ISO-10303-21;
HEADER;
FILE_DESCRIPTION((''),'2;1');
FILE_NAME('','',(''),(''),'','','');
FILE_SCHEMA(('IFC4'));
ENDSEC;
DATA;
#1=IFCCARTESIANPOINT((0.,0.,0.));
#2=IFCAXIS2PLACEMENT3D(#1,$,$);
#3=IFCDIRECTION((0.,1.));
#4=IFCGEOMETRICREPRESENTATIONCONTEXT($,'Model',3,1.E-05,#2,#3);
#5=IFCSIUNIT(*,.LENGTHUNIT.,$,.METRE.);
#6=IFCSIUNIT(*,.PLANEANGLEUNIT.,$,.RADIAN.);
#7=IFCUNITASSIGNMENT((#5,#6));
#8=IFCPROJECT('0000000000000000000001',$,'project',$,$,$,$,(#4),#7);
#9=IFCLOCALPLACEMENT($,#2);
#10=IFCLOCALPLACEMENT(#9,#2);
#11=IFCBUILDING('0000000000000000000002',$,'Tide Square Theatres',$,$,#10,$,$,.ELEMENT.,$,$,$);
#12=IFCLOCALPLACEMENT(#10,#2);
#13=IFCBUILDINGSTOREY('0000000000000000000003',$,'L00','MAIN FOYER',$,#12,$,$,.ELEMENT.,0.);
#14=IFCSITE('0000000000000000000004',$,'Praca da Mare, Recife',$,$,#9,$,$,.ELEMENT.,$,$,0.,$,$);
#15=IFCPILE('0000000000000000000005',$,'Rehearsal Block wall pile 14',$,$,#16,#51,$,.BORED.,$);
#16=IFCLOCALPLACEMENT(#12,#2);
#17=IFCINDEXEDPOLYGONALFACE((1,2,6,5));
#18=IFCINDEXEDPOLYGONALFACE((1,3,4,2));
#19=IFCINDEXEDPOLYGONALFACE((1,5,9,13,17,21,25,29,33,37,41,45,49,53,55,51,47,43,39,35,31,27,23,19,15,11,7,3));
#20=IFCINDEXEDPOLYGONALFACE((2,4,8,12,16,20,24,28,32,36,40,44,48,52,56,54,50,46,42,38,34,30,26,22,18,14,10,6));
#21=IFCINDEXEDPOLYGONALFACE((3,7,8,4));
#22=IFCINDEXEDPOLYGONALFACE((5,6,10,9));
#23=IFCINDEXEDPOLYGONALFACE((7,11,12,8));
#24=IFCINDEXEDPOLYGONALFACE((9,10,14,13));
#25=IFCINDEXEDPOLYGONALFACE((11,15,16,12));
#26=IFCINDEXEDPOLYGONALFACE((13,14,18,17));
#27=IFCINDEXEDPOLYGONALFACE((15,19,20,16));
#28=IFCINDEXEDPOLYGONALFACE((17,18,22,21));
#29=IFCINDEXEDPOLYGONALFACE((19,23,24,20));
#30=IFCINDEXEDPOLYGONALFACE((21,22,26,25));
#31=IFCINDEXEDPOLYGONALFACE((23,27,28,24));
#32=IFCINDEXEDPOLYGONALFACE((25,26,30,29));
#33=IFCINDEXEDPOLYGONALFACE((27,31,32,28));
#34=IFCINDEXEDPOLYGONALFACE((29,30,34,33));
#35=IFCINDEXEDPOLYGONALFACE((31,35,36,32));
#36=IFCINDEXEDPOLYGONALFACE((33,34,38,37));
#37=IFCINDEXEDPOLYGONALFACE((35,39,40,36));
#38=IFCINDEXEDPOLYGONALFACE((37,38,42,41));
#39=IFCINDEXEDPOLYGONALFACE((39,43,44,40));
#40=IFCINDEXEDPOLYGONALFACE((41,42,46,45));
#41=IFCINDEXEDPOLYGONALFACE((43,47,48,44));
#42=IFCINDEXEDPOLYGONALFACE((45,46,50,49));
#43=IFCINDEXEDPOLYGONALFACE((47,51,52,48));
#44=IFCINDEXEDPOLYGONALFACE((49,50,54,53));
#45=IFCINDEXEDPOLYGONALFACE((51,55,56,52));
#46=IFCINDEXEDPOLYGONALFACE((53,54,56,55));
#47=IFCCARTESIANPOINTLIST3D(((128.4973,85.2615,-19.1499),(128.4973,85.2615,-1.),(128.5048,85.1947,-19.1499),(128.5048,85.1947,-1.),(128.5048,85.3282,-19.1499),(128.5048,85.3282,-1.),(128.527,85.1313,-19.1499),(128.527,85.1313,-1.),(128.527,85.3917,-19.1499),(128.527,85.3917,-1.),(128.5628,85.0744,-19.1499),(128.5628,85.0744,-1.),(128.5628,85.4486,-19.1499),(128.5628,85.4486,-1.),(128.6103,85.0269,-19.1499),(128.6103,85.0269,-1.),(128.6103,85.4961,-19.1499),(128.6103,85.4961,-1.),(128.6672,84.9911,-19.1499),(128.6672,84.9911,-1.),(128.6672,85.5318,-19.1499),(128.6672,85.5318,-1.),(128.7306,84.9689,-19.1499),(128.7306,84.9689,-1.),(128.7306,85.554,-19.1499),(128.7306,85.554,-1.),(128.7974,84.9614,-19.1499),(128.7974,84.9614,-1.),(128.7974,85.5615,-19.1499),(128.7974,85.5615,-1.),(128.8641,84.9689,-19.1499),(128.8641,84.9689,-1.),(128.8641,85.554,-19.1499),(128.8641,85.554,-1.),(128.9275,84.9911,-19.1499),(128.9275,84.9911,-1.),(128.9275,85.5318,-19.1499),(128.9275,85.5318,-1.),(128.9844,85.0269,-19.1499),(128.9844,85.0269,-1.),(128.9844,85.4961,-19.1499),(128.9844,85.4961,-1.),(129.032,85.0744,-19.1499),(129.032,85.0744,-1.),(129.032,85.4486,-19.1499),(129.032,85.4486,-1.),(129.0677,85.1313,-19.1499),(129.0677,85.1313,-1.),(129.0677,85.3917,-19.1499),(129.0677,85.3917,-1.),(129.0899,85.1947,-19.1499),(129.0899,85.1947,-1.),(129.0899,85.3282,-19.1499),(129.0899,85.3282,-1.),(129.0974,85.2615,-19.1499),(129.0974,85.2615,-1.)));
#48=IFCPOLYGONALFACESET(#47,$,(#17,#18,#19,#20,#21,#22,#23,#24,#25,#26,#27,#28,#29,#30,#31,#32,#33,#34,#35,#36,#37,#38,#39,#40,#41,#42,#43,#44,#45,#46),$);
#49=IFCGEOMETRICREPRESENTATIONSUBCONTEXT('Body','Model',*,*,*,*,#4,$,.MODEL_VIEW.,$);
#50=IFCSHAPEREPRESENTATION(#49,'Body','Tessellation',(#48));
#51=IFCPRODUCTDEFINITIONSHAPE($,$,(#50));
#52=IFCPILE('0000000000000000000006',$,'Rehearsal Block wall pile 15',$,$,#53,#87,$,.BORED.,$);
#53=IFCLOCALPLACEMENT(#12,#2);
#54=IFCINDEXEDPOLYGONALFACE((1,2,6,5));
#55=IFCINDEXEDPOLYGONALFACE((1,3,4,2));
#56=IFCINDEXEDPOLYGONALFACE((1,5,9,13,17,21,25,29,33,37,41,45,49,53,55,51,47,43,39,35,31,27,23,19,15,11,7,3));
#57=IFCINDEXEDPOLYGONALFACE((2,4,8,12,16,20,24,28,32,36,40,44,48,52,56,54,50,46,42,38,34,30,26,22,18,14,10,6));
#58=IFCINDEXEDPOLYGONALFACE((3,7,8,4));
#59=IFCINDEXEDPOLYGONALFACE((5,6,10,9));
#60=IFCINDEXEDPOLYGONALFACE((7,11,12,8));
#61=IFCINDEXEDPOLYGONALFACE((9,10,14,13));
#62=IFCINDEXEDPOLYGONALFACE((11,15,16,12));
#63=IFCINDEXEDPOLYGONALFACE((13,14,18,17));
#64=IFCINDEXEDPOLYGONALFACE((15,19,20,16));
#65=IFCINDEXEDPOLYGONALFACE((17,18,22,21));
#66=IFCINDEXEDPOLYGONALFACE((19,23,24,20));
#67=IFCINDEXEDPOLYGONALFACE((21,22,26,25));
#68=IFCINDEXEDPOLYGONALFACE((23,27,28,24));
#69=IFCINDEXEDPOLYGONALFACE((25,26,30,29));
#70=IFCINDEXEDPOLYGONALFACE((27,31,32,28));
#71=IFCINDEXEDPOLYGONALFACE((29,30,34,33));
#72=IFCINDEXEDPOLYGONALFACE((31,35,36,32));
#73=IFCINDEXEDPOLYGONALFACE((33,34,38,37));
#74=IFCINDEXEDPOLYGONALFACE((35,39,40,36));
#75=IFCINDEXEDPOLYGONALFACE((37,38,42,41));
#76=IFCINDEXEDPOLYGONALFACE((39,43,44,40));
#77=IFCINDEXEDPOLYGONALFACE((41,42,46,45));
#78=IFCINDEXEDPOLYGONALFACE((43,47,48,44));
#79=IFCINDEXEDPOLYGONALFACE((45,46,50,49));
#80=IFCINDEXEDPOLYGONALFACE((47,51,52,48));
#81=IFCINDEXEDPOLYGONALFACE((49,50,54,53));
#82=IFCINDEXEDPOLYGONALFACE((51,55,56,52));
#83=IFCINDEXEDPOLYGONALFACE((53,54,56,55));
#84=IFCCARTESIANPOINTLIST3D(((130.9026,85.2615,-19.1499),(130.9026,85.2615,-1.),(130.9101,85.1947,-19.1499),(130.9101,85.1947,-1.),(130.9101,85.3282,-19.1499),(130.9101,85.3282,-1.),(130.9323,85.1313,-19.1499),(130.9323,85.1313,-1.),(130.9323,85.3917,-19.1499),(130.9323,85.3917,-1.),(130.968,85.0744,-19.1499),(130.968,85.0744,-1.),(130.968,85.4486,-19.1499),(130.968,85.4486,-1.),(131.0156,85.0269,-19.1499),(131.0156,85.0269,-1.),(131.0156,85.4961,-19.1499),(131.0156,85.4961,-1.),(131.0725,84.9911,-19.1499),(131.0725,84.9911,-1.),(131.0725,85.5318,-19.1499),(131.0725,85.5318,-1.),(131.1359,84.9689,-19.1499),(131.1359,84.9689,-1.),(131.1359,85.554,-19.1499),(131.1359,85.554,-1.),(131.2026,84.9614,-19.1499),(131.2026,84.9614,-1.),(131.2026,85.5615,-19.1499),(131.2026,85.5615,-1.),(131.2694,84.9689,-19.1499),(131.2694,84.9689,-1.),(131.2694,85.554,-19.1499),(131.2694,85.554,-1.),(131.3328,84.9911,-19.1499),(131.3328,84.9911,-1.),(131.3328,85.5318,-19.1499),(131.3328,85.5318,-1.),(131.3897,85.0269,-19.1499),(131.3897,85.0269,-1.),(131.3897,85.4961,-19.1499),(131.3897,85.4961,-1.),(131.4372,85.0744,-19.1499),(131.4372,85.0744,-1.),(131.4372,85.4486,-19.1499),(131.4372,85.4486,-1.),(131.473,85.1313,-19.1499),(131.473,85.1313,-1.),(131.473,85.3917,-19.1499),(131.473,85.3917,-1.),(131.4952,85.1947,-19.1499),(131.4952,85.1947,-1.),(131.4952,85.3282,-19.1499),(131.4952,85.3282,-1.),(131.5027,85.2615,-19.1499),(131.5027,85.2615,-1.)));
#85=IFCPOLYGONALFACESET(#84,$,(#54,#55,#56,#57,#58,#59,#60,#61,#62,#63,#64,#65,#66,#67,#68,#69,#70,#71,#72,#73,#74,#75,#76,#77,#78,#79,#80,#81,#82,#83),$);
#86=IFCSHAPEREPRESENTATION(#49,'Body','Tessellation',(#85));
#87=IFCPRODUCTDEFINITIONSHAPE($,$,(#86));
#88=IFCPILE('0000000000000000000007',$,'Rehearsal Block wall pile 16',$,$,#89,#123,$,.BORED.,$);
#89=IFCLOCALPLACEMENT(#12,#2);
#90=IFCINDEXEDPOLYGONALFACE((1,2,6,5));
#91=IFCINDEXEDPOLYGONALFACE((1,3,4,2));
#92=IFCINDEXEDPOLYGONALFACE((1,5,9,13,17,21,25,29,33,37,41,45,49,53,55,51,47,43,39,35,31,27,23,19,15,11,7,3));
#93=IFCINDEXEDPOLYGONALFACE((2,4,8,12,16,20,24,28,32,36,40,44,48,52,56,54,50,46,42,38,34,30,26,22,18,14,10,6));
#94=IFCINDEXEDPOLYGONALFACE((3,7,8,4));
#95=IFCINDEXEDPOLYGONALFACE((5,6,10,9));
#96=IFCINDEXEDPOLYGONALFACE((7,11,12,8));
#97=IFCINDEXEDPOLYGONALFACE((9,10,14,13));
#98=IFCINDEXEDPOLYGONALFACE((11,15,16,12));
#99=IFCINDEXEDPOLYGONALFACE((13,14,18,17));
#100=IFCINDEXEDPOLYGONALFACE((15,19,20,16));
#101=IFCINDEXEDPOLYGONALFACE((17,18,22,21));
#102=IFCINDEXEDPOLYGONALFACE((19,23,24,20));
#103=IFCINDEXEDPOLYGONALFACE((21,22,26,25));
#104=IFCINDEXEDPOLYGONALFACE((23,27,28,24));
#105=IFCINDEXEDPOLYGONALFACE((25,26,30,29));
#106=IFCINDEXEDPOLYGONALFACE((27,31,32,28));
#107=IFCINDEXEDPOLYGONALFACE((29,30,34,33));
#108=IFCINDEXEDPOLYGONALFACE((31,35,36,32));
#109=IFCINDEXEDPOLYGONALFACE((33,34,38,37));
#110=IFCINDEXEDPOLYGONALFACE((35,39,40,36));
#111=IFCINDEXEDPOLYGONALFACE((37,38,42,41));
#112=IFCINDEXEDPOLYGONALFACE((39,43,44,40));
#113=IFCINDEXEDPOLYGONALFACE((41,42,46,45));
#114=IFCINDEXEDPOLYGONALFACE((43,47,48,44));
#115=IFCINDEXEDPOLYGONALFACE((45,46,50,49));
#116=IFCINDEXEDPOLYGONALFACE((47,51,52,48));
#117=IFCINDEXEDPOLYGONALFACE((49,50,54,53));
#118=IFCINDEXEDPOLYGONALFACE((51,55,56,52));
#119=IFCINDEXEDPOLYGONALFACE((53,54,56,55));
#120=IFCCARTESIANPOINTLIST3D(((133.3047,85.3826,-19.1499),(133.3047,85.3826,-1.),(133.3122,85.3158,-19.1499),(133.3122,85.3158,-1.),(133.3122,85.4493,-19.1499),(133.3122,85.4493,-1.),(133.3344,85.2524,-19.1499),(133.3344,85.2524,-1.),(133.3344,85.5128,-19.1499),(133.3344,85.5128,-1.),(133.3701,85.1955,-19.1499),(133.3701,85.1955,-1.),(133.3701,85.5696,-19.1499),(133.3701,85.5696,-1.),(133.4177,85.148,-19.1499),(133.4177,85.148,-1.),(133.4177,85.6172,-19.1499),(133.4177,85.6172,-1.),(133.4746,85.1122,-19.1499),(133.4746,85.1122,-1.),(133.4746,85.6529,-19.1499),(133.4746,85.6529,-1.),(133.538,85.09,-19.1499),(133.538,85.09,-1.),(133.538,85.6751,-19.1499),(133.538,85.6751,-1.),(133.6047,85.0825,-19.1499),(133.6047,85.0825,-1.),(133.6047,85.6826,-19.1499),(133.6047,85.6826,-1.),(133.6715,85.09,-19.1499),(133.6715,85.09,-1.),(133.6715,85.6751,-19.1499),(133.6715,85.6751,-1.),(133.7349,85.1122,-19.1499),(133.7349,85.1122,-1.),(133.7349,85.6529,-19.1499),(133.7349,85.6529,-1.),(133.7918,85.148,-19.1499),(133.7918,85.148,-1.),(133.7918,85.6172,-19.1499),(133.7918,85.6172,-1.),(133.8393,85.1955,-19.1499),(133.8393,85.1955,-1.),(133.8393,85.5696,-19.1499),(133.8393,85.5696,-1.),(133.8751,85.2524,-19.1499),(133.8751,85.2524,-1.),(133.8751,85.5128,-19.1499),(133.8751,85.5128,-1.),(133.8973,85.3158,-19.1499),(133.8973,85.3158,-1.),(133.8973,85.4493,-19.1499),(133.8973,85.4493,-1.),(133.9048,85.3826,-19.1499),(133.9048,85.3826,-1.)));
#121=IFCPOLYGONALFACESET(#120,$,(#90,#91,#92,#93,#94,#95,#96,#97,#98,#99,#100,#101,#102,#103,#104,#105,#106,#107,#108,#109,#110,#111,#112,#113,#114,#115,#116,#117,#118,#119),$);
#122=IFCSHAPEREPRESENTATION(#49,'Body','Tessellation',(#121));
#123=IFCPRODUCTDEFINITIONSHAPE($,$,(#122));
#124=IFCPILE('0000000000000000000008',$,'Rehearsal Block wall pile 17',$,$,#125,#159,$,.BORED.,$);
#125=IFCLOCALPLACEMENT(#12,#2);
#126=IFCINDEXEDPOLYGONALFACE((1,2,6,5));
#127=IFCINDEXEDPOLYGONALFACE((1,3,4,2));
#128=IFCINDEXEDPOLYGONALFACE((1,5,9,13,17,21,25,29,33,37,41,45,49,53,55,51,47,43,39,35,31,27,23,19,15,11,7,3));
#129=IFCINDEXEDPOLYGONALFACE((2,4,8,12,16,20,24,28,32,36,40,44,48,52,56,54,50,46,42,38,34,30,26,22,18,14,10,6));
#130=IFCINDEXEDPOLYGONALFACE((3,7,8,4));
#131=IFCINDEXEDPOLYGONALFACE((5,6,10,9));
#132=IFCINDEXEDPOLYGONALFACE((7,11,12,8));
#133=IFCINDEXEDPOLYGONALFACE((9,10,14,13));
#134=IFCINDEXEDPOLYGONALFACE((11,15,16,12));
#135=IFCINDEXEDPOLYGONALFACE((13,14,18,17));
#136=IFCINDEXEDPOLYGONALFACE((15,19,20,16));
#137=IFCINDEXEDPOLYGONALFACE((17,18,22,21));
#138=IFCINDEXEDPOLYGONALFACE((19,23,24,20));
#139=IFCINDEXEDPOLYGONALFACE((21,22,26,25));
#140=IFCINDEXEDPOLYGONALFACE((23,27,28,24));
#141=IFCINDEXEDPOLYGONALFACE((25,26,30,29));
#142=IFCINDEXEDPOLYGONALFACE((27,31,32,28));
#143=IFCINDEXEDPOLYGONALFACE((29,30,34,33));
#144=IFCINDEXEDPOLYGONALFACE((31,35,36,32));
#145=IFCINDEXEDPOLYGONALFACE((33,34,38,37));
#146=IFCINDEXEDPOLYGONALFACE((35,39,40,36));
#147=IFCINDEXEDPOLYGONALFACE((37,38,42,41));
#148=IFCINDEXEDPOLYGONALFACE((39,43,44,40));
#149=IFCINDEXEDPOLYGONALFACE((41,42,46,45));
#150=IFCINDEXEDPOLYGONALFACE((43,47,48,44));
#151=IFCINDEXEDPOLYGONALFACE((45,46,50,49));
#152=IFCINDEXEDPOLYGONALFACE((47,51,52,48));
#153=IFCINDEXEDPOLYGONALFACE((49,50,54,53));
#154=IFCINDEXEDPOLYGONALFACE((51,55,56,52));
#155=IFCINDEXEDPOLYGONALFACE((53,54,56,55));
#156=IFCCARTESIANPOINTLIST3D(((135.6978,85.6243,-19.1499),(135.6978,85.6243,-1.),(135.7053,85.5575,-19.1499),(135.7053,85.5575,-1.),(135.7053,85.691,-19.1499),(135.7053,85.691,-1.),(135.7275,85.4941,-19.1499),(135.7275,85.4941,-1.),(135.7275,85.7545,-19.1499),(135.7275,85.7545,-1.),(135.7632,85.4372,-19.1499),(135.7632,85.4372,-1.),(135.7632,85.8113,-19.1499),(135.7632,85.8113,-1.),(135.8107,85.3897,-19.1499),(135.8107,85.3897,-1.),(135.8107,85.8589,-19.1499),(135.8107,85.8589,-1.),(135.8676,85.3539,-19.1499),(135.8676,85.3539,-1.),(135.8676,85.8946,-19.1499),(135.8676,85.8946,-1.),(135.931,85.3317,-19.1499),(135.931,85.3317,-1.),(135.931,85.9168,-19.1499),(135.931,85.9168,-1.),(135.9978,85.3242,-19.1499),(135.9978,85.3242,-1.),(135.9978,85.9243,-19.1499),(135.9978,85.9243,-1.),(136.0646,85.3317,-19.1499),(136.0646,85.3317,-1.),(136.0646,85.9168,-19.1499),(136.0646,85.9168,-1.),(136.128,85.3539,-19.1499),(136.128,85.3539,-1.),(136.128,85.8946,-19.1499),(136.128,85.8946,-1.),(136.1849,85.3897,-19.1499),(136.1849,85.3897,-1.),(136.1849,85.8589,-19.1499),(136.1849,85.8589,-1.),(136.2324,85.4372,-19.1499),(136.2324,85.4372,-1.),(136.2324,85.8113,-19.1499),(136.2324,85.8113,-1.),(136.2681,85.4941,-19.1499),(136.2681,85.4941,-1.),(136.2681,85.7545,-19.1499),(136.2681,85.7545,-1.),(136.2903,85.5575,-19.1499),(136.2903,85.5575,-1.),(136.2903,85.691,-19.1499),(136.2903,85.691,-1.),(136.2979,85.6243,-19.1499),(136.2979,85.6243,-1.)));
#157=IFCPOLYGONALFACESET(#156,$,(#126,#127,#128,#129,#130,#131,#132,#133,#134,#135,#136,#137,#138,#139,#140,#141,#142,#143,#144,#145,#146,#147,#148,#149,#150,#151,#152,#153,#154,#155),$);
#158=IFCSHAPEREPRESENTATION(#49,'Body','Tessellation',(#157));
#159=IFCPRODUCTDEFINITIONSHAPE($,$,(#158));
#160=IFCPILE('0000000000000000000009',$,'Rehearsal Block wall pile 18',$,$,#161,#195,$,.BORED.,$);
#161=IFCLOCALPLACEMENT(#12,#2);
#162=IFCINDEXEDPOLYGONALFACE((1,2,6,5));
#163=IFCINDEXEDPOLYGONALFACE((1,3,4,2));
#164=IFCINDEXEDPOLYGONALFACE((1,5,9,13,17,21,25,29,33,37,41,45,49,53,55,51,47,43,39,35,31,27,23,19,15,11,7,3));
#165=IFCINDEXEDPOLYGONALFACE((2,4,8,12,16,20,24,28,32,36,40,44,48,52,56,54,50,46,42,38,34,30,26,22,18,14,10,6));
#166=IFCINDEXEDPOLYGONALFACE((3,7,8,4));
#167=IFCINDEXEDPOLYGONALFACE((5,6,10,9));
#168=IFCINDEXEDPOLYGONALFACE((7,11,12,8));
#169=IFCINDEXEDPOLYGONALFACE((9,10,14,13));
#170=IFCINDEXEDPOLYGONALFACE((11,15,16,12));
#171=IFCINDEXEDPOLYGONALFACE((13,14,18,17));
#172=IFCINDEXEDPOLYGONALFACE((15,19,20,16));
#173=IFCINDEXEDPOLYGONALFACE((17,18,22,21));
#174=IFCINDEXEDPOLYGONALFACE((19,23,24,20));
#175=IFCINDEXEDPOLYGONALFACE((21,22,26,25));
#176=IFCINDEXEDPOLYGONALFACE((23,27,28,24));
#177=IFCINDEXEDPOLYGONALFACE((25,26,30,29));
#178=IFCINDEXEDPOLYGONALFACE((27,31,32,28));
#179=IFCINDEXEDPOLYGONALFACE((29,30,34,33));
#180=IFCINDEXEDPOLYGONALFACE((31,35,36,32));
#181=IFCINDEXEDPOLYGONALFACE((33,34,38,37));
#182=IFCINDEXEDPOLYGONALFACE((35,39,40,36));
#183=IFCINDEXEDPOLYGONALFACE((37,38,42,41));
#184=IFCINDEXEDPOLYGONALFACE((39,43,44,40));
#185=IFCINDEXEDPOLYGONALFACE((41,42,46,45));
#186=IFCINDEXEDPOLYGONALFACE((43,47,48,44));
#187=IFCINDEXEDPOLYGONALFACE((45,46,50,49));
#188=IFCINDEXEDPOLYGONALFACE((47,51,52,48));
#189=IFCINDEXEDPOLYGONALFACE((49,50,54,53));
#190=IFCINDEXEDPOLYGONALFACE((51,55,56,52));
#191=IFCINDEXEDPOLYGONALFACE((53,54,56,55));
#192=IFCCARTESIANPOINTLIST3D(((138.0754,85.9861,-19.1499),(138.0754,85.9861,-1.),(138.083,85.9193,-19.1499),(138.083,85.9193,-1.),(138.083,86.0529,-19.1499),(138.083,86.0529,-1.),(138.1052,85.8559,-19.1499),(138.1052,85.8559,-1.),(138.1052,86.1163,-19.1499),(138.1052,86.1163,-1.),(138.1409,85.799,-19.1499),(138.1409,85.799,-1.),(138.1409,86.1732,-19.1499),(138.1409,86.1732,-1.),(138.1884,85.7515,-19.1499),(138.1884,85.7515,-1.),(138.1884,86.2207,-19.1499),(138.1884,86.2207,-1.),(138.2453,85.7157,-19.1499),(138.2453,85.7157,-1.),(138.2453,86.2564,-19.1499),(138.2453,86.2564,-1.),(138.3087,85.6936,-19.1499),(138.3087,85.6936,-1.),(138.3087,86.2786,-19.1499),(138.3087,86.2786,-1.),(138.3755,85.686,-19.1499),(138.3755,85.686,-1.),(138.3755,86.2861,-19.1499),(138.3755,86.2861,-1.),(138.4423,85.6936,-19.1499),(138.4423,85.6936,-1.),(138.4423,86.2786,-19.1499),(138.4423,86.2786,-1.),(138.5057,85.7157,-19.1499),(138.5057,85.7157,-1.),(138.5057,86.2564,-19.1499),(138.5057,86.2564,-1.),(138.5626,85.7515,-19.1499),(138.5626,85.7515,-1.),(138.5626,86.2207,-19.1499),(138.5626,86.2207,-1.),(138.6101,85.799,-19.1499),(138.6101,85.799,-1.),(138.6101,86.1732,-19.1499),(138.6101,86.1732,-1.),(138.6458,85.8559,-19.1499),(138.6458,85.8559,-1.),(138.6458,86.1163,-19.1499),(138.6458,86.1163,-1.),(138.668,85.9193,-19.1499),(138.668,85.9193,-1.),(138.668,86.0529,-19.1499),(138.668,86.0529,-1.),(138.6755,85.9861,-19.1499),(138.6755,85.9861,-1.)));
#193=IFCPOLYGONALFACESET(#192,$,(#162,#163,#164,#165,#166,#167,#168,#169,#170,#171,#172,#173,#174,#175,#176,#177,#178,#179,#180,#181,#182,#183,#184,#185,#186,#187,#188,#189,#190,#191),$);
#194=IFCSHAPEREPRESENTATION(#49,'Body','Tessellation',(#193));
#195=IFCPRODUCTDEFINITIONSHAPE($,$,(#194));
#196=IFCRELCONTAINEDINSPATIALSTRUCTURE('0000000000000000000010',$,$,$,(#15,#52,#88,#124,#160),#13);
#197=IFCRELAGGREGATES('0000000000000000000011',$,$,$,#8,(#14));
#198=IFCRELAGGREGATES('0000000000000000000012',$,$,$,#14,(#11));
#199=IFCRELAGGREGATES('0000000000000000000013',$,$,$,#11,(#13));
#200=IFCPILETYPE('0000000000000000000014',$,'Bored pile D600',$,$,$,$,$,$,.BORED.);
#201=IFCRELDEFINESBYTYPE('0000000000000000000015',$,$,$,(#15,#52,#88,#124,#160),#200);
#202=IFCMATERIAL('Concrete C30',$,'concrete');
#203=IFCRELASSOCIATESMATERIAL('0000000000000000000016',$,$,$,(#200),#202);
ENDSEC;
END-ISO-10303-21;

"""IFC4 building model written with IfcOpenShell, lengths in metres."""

from ifc_helpers import new_model, si_unit, direction, frame, origin, origin_2d, place, context, subcontext, project, spatial, circle, extrude, material, material_profile, profile_set, type_object, element, save


model = new_model("IFC4")

# Units and contexts
model_context = context("Model", 3, precision=1e-05, world=origin(), true_north=direction((0.0, 1.0)))
body_context = subcontext(model_context, "Body", "Model", "MODEL_VIEW")
ifc_project = project(units=[si_unit("LENGTHUNIT", "METRE"), si_unit("PLANEANGLEUNIT", "RADIAN")], contexts=[model_context])

# Site, building, storey
site_placement = place(None, origin())
site = spatial("IfcSite", under=ifc_project, at=site_placement, Name="Praca da Mare, Recife", CompositionType="ELEMENT", RefElevation=0.0)
building_placement = place(site_placement, origin())
building = spatial("IfcBuilding", under=site, at=building_placement, Name="Tide Square Theatres", CompositionType="ELEMENT")
storey_placement = place(building_placement, origin())
storey = spatial("IfcBuildingStorey", under=building, at=storey_placement, Name="L00", Description="MAIN FOYER", CompositionType="ELEMENT", Elevation=0.0)

# Piles
ifc_material_1 = material(Name="Concrete C30", Category="concrete")
ifc_material_profile_1 = material_profile(ifc_material_1, circle(Radius=0.3, at=origin_2d()))
ifc_profile_set_1 = profile_set([ifc_material_profile_1], Name="Concrete C30")
pile_type = type_object("IfcPileType", Name="Bored pile D600", PredefinedType="BORED", material=ifc_profile_set_1)
for number, where, z_axis, x_axis, name in (
    (1, (128.7974, 85.2615, -1.0), (0.0, 0.0, -1.0), (1.0, 0.0, 0.0), "Rehearsal Block wall pile 14"),
    (2, (131.2026, 85.2615, -1.0), (0.0, 0.0, -1.0), (1.0, 0.0, 0.0), "Rehearsal Block wall pile 15"),
    (3, (133.6047, 85.3826, -1.0), (0.0, 0.0, -1.0), (1.0, 0.0, 0.0), "Rehearsal Block wall pile 16"),
    (4, (135.9978, 85.6243, -1.0), (0.0, 0.0, -1.0), (1.0, 0.0, 0.0), "Rehearsal Block wall pile 17"),
    (5, (138.3755, 85.9861, -1.0), (0.0, 0.0, -1.0), (1.0, 0.0, 0.0), "Rehearsal Block wall pile 18"),
):
    element("IfcPile", number, at=place(storey_placement, frame(where, z_axis=z_axis, x_axis=x_axis)), inside=storey, type_object=pile_type, Name=name, PredefinedType="BORED", context=body_context, shape_type="SweptSolid", body=[
        extrude(circle(Radius=0.3, at=origin_2d()), origin(), (0.0, 0.0, 1.0), 18.1499),
    ])

save(model, "model.ifc")
